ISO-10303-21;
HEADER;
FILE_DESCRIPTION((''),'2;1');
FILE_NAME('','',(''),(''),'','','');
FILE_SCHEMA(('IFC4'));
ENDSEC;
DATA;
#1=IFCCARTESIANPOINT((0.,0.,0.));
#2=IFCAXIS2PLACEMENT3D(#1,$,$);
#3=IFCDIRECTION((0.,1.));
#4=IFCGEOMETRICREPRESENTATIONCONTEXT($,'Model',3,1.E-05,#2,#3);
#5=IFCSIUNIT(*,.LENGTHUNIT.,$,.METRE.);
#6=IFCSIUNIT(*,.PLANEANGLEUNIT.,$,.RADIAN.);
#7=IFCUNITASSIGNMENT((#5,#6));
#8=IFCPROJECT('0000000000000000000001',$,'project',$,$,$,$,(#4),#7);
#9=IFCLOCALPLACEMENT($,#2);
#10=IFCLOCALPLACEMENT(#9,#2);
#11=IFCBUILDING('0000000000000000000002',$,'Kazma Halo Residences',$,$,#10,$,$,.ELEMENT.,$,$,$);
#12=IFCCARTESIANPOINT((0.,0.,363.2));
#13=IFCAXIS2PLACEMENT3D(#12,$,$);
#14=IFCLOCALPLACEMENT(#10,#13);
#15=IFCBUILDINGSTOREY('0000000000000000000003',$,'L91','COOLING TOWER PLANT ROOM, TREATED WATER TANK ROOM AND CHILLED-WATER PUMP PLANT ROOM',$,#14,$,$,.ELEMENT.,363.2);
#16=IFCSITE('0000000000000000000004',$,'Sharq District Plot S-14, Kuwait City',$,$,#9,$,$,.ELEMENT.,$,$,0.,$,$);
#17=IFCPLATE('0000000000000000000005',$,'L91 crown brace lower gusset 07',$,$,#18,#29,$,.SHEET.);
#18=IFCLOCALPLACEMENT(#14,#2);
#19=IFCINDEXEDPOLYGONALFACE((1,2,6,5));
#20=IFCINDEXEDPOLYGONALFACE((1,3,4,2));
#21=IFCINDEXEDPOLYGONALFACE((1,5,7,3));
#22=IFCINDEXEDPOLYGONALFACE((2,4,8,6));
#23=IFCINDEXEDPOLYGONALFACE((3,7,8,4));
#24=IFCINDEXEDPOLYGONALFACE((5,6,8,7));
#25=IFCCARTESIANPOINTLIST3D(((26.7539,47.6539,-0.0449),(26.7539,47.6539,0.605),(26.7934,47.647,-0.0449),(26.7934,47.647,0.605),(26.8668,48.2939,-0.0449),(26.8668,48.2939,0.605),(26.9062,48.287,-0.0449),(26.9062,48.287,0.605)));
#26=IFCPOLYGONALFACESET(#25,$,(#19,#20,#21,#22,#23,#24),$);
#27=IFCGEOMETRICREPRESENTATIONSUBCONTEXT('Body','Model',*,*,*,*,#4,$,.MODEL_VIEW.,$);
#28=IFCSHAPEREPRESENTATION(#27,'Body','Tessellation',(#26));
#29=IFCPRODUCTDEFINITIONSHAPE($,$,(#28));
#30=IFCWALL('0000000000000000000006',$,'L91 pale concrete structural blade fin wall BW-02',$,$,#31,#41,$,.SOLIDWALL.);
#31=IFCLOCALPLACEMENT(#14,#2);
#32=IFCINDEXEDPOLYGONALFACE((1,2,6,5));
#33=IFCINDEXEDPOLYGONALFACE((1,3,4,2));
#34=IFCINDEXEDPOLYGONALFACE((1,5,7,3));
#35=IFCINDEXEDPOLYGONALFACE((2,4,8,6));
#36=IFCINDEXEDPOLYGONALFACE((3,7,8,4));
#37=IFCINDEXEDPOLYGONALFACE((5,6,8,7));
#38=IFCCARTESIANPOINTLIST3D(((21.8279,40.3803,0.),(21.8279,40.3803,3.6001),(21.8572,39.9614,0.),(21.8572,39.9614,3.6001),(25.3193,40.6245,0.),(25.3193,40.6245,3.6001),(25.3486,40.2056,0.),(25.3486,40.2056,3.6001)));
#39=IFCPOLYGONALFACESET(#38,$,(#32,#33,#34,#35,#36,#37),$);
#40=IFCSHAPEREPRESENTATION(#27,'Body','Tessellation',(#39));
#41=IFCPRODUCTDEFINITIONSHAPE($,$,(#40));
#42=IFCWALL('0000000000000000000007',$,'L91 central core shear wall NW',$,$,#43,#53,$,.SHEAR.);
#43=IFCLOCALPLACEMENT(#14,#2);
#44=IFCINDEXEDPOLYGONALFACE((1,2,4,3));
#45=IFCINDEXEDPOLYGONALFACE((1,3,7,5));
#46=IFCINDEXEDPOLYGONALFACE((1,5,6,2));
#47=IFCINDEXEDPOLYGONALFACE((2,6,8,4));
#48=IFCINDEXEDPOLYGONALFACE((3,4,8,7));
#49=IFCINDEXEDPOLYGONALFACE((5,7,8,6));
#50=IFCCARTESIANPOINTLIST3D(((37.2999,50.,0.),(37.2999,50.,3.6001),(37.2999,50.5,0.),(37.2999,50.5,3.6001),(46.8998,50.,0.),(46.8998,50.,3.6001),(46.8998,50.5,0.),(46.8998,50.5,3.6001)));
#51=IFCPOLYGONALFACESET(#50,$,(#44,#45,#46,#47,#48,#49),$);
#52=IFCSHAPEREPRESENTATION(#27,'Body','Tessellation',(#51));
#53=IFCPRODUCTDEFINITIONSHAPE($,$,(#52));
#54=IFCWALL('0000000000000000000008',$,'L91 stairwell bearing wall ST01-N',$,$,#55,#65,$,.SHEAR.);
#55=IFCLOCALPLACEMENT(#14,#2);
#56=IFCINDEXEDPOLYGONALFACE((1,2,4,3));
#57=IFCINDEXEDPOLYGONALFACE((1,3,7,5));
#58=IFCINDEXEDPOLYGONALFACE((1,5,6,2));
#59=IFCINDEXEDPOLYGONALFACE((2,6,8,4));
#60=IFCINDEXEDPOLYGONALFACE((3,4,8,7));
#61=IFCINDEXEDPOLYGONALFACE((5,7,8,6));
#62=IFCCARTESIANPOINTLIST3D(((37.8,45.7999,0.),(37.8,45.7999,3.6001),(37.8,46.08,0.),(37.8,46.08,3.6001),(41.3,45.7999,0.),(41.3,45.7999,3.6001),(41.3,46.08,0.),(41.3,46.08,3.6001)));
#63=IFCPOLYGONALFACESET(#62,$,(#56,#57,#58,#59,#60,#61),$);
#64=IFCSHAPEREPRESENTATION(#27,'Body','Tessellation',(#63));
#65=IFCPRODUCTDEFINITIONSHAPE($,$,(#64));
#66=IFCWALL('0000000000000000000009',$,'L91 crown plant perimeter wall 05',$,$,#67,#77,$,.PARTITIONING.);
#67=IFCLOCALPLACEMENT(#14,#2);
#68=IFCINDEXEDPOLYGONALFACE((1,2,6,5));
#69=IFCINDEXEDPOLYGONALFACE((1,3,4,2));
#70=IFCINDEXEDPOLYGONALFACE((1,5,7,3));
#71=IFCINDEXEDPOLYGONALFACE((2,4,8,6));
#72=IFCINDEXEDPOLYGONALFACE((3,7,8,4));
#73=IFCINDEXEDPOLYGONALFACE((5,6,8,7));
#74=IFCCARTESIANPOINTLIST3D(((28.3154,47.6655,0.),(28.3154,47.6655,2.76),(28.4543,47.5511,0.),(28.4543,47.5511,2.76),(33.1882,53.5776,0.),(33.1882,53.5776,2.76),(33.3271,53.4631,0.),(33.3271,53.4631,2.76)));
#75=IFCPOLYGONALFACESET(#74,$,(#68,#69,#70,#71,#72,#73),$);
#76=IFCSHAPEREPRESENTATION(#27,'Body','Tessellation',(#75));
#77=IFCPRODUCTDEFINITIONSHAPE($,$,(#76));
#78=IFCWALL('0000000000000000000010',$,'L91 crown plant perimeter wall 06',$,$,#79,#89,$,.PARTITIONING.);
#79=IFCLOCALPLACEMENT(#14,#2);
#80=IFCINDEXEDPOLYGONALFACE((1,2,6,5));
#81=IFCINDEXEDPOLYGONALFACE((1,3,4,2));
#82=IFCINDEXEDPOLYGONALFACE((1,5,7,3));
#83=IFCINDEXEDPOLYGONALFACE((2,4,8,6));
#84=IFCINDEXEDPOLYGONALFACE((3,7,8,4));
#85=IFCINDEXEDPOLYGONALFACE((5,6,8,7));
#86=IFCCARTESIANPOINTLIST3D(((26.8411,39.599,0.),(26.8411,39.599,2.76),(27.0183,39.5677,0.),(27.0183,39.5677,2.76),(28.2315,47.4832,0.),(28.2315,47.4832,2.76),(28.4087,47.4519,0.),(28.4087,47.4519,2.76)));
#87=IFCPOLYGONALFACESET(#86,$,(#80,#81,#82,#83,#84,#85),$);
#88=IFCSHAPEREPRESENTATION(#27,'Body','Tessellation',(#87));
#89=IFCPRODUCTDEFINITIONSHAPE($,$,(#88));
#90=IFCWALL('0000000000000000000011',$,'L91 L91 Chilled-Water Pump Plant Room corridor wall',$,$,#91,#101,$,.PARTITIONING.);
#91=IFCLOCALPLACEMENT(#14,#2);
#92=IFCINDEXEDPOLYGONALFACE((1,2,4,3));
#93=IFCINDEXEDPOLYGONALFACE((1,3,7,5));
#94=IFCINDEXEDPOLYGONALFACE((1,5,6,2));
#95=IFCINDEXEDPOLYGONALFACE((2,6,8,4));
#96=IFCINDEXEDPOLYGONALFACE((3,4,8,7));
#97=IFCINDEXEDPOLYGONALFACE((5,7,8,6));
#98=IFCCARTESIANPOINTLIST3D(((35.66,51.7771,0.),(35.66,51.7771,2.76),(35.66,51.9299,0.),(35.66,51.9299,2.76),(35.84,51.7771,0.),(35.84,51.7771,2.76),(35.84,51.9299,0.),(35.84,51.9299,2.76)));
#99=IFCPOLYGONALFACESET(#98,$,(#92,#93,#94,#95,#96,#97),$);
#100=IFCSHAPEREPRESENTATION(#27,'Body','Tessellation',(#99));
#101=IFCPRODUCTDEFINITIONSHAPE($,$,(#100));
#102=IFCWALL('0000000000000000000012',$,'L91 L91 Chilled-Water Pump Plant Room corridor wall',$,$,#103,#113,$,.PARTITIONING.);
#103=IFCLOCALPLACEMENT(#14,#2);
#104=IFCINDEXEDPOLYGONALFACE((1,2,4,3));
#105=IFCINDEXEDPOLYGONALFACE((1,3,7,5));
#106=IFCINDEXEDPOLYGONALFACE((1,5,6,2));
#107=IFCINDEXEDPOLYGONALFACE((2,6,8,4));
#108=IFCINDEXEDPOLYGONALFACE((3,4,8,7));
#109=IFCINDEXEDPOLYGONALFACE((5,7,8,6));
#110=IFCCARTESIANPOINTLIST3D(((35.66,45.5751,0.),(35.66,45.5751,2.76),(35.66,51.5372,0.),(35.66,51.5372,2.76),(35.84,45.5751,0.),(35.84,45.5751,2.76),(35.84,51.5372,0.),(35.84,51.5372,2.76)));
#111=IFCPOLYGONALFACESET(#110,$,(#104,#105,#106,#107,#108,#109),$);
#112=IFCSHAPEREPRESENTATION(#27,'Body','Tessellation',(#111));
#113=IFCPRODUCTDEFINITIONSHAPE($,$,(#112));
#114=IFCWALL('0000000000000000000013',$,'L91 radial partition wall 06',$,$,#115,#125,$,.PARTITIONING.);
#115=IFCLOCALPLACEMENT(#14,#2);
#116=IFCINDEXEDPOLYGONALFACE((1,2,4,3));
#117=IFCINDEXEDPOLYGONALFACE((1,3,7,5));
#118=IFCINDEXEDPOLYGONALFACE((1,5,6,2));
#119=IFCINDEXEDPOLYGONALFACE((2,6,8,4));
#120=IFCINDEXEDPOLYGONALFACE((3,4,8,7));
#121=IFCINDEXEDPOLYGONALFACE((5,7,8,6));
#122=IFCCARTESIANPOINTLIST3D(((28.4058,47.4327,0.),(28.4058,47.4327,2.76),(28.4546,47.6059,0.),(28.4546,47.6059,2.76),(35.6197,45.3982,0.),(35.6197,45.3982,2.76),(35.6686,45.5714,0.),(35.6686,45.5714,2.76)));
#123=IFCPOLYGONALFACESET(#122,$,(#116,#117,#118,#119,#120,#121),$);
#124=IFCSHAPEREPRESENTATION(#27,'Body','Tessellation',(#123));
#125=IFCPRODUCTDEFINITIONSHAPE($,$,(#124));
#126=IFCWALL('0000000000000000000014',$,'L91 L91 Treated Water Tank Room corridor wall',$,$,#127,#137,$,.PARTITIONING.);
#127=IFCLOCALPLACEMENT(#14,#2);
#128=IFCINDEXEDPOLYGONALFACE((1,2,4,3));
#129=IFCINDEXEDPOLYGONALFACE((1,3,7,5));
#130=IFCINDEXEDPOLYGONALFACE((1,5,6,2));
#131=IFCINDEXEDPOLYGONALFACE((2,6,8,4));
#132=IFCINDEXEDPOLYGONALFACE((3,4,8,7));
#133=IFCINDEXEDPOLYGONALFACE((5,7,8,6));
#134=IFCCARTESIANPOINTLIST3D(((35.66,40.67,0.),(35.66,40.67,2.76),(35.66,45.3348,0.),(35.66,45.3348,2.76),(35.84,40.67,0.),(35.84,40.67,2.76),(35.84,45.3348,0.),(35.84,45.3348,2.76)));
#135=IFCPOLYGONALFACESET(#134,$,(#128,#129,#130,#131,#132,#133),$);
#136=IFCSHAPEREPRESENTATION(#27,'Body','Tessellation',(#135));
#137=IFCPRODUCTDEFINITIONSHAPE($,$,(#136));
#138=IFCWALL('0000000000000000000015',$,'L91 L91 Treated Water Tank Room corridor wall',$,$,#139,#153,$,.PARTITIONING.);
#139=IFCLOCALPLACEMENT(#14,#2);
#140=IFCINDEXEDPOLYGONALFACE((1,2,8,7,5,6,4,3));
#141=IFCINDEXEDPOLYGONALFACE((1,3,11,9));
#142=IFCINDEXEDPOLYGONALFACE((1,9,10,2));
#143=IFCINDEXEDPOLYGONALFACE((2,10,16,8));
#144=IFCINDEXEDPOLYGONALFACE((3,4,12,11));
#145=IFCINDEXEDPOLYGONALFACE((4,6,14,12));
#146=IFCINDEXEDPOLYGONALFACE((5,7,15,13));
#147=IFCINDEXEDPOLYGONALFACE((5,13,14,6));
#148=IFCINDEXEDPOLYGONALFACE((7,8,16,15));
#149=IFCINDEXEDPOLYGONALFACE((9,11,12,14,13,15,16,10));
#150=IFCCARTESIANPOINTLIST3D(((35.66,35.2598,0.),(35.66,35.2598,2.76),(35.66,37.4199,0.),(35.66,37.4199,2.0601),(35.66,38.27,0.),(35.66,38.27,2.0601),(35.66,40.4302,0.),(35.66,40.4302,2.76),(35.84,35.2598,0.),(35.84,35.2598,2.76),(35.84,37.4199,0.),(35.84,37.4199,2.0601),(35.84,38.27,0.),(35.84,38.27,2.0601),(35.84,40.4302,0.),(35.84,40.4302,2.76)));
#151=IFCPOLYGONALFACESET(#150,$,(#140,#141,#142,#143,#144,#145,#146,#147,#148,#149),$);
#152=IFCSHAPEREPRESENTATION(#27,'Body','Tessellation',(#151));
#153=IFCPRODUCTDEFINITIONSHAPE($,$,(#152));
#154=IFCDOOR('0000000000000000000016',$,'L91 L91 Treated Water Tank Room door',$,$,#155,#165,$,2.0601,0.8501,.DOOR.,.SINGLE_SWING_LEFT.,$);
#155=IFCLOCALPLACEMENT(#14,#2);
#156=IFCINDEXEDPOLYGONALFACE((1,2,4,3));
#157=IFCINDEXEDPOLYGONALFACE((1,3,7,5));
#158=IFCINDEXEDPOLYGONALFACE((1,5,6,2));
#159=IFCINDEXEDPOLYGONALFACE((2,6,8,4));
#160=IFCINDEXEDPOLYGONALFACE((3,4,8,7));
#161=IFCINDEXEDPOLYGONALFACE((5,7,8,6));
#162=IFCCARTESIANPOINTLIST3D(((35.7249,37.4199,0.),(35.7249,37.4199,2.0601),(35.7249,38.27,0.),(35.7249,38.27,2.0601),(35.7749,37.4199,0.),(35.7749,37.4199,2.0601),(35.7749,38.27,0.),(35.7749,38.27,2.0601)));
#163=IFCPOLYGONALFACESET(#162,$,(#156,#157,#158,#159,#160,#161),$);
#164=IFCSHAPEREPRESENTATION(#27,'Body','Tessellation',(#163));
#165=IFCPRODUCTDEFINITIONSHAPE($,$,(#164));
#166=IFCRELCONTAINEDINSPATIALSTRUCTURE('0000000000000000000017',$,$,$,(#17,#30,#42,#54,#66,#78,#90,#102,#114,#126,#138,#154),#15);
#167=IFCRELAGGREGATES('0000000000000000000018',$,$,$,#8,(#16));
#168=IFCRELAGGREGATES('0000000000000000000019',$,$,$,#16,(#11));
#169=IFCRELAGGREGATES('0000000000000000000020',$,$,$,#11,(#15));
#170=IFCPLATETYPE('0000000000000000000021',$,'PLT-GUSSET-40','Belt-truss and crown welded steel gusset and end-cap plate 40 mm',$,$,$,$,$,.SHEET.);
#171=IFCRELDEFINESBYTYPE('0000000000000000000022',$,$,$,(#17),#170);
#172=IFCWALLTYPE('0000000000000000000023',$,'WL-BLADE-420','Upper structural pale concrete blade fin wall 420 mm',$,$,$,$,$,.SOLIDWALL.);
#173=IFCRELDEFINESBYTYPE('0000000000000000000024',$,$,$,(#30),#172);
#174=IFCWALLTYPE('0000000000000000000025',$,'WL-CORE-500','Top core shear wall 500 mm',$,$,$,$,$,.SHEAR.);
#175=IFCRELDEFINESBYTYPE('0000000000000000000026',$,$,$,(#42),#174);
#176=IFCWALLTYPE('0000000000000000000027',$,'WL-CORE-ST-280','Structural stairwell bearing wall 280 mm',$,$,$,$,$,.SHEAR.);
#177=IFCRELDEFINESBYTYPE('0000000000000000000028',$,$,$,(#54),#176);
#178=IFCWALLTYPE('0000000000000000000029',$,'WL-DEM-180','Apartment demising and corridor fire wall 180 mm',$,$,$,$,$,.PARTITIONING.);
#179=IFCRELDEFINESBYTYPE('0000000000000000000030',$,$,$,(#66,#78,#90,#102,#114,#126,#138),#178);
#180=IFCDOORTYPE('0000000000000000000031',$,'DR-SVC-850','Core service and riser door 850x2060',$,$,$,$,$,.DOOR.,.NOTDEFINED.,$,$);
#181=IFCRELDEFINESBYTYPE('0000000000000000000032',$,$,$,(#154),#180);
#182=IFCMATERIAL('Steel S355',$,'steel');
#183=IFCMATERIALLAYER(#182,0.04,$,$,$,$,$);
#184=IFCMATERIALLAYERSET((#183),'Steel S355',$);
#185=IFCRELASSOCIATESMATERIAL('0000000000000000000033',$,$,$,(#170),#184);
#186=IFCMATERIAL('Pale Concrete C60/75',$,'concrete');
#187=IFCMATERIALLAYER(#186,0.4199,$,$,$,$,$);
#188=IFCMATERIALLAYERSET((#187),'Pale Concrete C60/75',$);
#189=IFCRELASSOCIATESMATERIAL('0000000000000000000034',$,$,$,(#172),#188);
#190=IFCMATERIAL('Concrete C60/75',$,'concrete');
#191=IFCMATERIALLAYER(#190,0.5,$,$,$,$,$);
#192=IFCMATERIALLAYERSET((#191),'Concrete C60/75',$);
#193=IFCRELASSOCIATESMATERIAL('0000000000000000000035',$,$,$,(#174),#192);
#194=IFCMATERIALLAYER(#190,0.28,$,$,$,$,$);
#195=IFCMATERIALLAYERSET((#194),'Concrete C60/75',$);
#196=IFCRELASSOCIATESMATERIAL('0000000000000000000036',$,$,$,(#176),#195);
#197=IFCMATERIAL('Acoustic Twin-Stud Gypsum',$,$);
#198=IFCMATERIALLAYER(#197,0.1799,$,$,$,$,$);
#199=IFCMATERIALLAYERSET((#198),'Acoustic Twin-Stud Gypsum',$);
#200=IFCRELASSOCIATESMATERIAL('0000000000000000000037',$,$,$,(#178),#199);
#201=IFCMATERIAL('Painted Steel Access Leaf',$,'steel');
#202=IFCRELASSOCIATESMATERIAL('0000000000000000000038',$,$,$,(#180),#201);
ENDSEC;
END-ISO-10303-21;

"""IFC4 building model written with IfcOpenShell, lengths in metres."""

from ifc_helpers import new_model, si_unit, direction, frame, frame_2d, origin, origin_2d, place, context, subcontext, project, spatial, rectangle, extrude, material, layer, layer_set, type_object, element, fill, save


model = new_model("IFC4")

# Units and contexts
model_context = context("Model", 3, precision=1e-05, world=origin(), true_north=direction((0.0, 1.0)))
body_context = subcontext(model_context, "Body", "Model", "MODEL_VIEW")
ifc_project = project(units=[si_unit("LENGTHUNIT", "METRE"), si_unit("PLANEANGLEUNIT", "RADIAN")], contexts=[model_context])

# Site, building, storey
site_placement = place(None, origin())
site = spatial("IfcSite", under=ifc_project, at=site_placement, Name="Sharq District Plot S-14, Kuwait City", CompositionType="ELEMENT", RefElevation=0.0)
building_placement = place(site_placement, origin())
building = spatial("IfcBuilding", under=site, at=building_placement, Name="Kazma Halo Residences", CompositionType="ELEMENT")
storey_placement = place(building_placement, frame((0.0, 0.0, 363.2)))
storey = spatial("IfcBuildingStorey", under=building, at=storey_placement, Name="L91", Description="COOLING TOWER PLANT ROOM, TREATED WATER TANK ROOM AND CHILLED-WATER PUMP PLANT ROOM", CompositionType="ELEMENT", Elevation=363.2)

# Shared definitions
ifc_material_1 = material(Name="Steel S355", Category="steel")

# Plate
ifc_layer_1 = layer(ifc_material_1, 0.04)
ifc_layer_set_1 = layer_set([ifc_layer_1], Name="Steel S355")
plate_type_1 = type_object("IfcPlateType", Name="PLT-GUSSET-40", Description="Belt-truss and crown welded steel gusset and end-cap plate 40 mm", PredefinedType="SHEET", material=ifc_layer_set_1)
for number, where, z_axis, x_axis, name in (
    (1, (26.8301, 47.9705, -0.0449), (0.0, 0.0, 1.0), (-0.173656, -0.984806, 0.0), "L91 crown brace lower gusset 07"),
):
    element("IfcPlate", number, at=place(storey_placement, frame(where, z_axis=z_axis, x_axis=x_axis)), inside=storey, type_object=plate_type_1, Name=name, PredefinedType="SHEET", context=body_context, shape_type="SweptSolid", body=[
        extrude(rectangle(XDim=0.6499, YDim=0.04, at=origin_2d()), origin(), (0.0, 0.0, 1.0), 0.6499),
    ])

# Walls
ifc_material_2 = material(Name="Pale Concrete C60/75", Category="concrete")
ifc_layer_2 = layer(ifc_material_2, 0.4199)
ifc_layer_set_2 = layer_set([ifc_layer_2], Name="Pale Concrete C60/75")
wall_type_1 = type_object("IfcWallType", Name="WL-BLADE-420", Description="Upper structural pale concrete blade fin wall 420 mm", PredefinedType="SOLIDWALL", material=ifc_layer_set_2)
wall_1_placement = place(storey_placement, frame((25.334, 40.415, 0.0), z_axis=(0.0, 0.0, 1.0), x_axis=(-0.997564, -0.069755, 0.0)))
element("IfcWall", 2, at=wall_1_placement, inside=storey, type_object=wall_type_1, Name="L91 pale concrete structural blade fin wall BW-02", PredefinedType="SOLIDWALL", context=body_context, shape_type="SweptSolid", body=[
    extrude(rectangle(XDim=3.5, YDim=0.4199, at=frame_2d((1.75, 0.0))), origin(), (0.0, 0.0, 1.0), 3.6001),
])
ifc_material_3 = material(Name="Concrete C60/75", Category="concrete")
ifc_layer_3 = layer(ifc_material_3, 0.5)
ifc_layer_set_3 = layer_set([ifc_layer_3], Name="Concrete C60/75")
wall_type_2 = type_object("IfcWallType", Name="WL-CORE-500", Description="Top core shear wall 500 mm", PredefinedType="SHEAR", material=ifc_layer_set_3)
wall_2_placement = place(storey_placement, frame((37.3, 50.25, 0.0), z_axis=(0.0, 0.0, 1.0), x_axis=(1.0, 0.0, 0.0)))
element("IfcWall", 3, at=wall_2_placement, inside=storey, type_object=wall_type_2, Name="L91 central core shear wall NW", PredefinedType="SHEAR", context=body_context, shape_type="SweptSolid", body=[
    extrude(rectangle(XDim=9.5999, YDim=0.5, at=frame_2d((4.7998, 0.0))), origin(), (0.0, 0.0, 1.0), 3.6001),
])
ifc_layer_4 = layer(ifc_material_3, 0.28)
ifc_layer_set_4 = layer_set([ifc_layer_4], Name="Concrete C60/75")
wall_type_3 = type_object("IfcWallType", Name="WL-CORE-ST-280", Description="Structural stairwell bearing wall 280 mm", PredefinedType="SHEAR", material=ifc_layer_set_4)
wall_3_placement = place(storey_placement, frame((37.8, 45.9399, 0.0), z_axis=(0.0, 0.0, 1.0), x_axis=(1.0, 0.0, 0.0)))
element("IfcWall", 4, at=wall_3_placement, inside=storey, type_object=wall_type_3, Name="L91 stairwell bearing wall ST01-N", PredefinedType="SHEAR", context=body_context, shape_type="SweptSolid", body=[
    extrude(rectangle(XDim=3.5, YDim=0.28, at=frame_2d((1.75, 0.0))), origin(), (0.0, 0.0, 1.0), 3.6001),
])
ifc_material_4 = material(Name="Acoustic Twin-Stud Gypsum")
ifc_layer_5 = layer(ifc_material_4, 0.1799)
ifc_layer_set_5 = layer_set([ifc_layer_5], Name="Acoustic Twin-Stud Gypsum")
wall_type_4 = type_object("IfcWallType", Name="WL-DEM-180", Description="Apartment demising and corridor fire wall 180 mm", PredefinedType="PARTITIONING", material=ifc_layer_set_5)
wall_4_placement = place(storey_placement, frame((33.2576, 53.5203, 0.0), z_axis=(0.0, 0.0, 1.0), x_axis=(-0.636019, -0.771674, 0.0)))
element("IfcWall", 5, at=wall_4_placement, inside=storey, type_object=wall_type_4, Name="L91 crown plant perimeter wall 05", PredefinedType="PARTITIONING", context=body_context, shape_type="SweptSolid", body=[
    extrude(rectangle(XDim=7.6614, YDim=0.1799, at=frame_2d((3.8306, 0.0))), origin(), (0.0, 0.0, 1.0), 2.76),
])
wall_5_placement = place(storey_placement, frame((28.3201, 47.4675, 0.0), z_axis=(0.0, 0.0, 1.0), x_axis=(-0.173669, -0.984804, 0.0)))
element("IfcWall", 6, at=wall_5_placement, inside=storey, type_object=wall_type_4, Name="L91 crown plant perimeter wall 06", PredefinedType="PARTITIONING", context=body_context, shape_type="SweptSolid", body=[
    extrude(rectangle(XDim=8.0059, YDim=0.1799, at=frame_2d((4.0029, 0.0))), origin(), (0.0, 0.0, 1.0), 2.76),
])
wall_6_placement = place(storey_placement, frame((35.75, 51.9299, 0.0), z_axis=(0.0, 0.0, 1.0), x_axis=(0.0, -1.0, 0.0)))
element("IfcWall", 7, at=wall_6_placement, inside=storey, type_object=wall_type_4, Name="L91 L91 Chilled-Water Pump Plant Room corridor wall", PredefinedType="PARTITIONING", context=body_context, shape_type="SweptSolid", body=[
    extrude(rectangle(XDim=0.1528, YDim=0.1799, at=frame_2d((0.0764, 0.0))), origin(), (0.0, 0.0, 1.0), 2.76),
])
wall_7_placement = place(storey_placement, frame((35.75, 51.5371, 0.0), z_axis=(0.0, 0.0, 1.0), x_axis=(0.0, -1.0, 0.0)))
element("IfcWall", 8, at=wall_7_placement, inside=storey, type_object=wall_type_4, Name="L91 L91 Chilled-Water Pump Plant Room corridor wall", PredefinedType="PARTITIONING", context=body_context, shape_type="SweptSolid", body=[
    extrude(rectangle(XDim=5.9622, YDim=0.1799, at=frame_2d((2.981, 0.0))), origin(), (0.0, 0.0, 1.0), 2.76),
])
wall_8_placement = place(storey_placement, frame((35.644, 45.4849, 0.0), z_axis=(0.0, 0.0, 1.0), x_axis=(-0.962459, 0.271428, 0.0)))
element("IfcWall", 9, at=wall_8_placement, inside=storey, type_object=wall_type_4, Name="L91 radial partition wall 06", PredefinedType="PARTITIONING", context=body_context, shape_type="SweptSolid", body=[
    extrude(rectangle(XDim=7.4954, YDim=0.1799, at=frame_2d((3.7476, 0.0))), origin(), (0.0, 0.0, 1.0), 2.76),
])
wall_9_placement = place(storey_placement, frame((35.75, 45.335, 0.0), z_axis=(0.0, 0.0, 1.0), x_axis=(0.0, -1.0, 0.0)))
element("IfcWall", 10, at=wall_9_placement, inside=storey, type_object=wall_type_4, Name="L91 L91 Treated Water Tank Room corridor wall", PredefinedType="PARTITIONING", context=body_context, shape_type="SweptSolid", body=[
    extrude(rectangle(XDim=4.6648, YDim=0.1799, at=frame_2d((2.3325, 0.0))), origin(), (0.0, 0.0, 1.0), 2.76),
])

# Wall, opening, door
wall_10_placement = place(storey_placement, frame((35.75, 40.4302, 0.0), z_axis=(0.0, 0.0, 1.0), x_axis=(0.0, -1.0, 0.0)))
wall_10 = element("IfcWall", 11, at=wall_10_placement, inside=storey, type_object=wall_type_4, Name="L91 L91 Treated Water Tank Room corridor wall", PredefinedType="PARTITIONING", context=body_context, shape_type="SweptSolid", body=[
    extrude(rectangle(XDim=5.1704, YDim=0.1799, at=frame_2d((2.5852, 0.0))), origin(), (0.0, 0.0, 1.0), 2.76),
])
opening_1_placement = place(wall_10_placement, frame((2.1602, 0.0, 0.0)))
opening_1 = element("IfcOpeningElement", 12, at=opening_1_placement, cuts=wall_10, PredefinedType="OPENING", context=body_context, shape_type="SweptSolid", body=[
    extrude(rectangle(XDim=0.8501, YDim=2.0601, at=frame_2d((0.425, 1.03))), frame((0.0, 0.0999, 0.0), z_axis=(0.0, -1.0, 0.0), x_axis=(1.0, 0.0, 0.0)), (0.0, 0.0, 1.0), 0.2),
])
ifc_material_5 = material(Name="Painted Steel Access Leaf", Category="steel")
door_type = type_object("IfcDoorType", Name="DR-SVC-850", Description="Core service and riser door 850x2060", OperationType="NOTDEFINED", PredefinedType="DOOR", material=ifc_material_5)
door_1_placement = place(opening_1_placement, origin())
door_1 = element("IfcDoor", 13, at=door_1_placement, inside=storey, type_object=door_type, Name="L91 L91 Treated Water Tank Room door", OperationType="SINGLE_SWING_LEFT", OverallHeight=2.0601, OverallWidth=0.8501, PredefinedType="DOOR", context=body_context, shape_type="SweptSolid", body=[
    extrude(rectangle(XDim=0.8501, YDim=2.0601, at=frame_2d((0.425, 1.03))), frame((0.0, 0.0249, 0.0), z_axis=(0.0, -1.0, 0.0), x_axis=(1.0, 0.0, 0.0)), (0.0, 0.0, 1.0), 0.05),
])
fill(opening_1, door_1)

save(model, "model.ifc")
